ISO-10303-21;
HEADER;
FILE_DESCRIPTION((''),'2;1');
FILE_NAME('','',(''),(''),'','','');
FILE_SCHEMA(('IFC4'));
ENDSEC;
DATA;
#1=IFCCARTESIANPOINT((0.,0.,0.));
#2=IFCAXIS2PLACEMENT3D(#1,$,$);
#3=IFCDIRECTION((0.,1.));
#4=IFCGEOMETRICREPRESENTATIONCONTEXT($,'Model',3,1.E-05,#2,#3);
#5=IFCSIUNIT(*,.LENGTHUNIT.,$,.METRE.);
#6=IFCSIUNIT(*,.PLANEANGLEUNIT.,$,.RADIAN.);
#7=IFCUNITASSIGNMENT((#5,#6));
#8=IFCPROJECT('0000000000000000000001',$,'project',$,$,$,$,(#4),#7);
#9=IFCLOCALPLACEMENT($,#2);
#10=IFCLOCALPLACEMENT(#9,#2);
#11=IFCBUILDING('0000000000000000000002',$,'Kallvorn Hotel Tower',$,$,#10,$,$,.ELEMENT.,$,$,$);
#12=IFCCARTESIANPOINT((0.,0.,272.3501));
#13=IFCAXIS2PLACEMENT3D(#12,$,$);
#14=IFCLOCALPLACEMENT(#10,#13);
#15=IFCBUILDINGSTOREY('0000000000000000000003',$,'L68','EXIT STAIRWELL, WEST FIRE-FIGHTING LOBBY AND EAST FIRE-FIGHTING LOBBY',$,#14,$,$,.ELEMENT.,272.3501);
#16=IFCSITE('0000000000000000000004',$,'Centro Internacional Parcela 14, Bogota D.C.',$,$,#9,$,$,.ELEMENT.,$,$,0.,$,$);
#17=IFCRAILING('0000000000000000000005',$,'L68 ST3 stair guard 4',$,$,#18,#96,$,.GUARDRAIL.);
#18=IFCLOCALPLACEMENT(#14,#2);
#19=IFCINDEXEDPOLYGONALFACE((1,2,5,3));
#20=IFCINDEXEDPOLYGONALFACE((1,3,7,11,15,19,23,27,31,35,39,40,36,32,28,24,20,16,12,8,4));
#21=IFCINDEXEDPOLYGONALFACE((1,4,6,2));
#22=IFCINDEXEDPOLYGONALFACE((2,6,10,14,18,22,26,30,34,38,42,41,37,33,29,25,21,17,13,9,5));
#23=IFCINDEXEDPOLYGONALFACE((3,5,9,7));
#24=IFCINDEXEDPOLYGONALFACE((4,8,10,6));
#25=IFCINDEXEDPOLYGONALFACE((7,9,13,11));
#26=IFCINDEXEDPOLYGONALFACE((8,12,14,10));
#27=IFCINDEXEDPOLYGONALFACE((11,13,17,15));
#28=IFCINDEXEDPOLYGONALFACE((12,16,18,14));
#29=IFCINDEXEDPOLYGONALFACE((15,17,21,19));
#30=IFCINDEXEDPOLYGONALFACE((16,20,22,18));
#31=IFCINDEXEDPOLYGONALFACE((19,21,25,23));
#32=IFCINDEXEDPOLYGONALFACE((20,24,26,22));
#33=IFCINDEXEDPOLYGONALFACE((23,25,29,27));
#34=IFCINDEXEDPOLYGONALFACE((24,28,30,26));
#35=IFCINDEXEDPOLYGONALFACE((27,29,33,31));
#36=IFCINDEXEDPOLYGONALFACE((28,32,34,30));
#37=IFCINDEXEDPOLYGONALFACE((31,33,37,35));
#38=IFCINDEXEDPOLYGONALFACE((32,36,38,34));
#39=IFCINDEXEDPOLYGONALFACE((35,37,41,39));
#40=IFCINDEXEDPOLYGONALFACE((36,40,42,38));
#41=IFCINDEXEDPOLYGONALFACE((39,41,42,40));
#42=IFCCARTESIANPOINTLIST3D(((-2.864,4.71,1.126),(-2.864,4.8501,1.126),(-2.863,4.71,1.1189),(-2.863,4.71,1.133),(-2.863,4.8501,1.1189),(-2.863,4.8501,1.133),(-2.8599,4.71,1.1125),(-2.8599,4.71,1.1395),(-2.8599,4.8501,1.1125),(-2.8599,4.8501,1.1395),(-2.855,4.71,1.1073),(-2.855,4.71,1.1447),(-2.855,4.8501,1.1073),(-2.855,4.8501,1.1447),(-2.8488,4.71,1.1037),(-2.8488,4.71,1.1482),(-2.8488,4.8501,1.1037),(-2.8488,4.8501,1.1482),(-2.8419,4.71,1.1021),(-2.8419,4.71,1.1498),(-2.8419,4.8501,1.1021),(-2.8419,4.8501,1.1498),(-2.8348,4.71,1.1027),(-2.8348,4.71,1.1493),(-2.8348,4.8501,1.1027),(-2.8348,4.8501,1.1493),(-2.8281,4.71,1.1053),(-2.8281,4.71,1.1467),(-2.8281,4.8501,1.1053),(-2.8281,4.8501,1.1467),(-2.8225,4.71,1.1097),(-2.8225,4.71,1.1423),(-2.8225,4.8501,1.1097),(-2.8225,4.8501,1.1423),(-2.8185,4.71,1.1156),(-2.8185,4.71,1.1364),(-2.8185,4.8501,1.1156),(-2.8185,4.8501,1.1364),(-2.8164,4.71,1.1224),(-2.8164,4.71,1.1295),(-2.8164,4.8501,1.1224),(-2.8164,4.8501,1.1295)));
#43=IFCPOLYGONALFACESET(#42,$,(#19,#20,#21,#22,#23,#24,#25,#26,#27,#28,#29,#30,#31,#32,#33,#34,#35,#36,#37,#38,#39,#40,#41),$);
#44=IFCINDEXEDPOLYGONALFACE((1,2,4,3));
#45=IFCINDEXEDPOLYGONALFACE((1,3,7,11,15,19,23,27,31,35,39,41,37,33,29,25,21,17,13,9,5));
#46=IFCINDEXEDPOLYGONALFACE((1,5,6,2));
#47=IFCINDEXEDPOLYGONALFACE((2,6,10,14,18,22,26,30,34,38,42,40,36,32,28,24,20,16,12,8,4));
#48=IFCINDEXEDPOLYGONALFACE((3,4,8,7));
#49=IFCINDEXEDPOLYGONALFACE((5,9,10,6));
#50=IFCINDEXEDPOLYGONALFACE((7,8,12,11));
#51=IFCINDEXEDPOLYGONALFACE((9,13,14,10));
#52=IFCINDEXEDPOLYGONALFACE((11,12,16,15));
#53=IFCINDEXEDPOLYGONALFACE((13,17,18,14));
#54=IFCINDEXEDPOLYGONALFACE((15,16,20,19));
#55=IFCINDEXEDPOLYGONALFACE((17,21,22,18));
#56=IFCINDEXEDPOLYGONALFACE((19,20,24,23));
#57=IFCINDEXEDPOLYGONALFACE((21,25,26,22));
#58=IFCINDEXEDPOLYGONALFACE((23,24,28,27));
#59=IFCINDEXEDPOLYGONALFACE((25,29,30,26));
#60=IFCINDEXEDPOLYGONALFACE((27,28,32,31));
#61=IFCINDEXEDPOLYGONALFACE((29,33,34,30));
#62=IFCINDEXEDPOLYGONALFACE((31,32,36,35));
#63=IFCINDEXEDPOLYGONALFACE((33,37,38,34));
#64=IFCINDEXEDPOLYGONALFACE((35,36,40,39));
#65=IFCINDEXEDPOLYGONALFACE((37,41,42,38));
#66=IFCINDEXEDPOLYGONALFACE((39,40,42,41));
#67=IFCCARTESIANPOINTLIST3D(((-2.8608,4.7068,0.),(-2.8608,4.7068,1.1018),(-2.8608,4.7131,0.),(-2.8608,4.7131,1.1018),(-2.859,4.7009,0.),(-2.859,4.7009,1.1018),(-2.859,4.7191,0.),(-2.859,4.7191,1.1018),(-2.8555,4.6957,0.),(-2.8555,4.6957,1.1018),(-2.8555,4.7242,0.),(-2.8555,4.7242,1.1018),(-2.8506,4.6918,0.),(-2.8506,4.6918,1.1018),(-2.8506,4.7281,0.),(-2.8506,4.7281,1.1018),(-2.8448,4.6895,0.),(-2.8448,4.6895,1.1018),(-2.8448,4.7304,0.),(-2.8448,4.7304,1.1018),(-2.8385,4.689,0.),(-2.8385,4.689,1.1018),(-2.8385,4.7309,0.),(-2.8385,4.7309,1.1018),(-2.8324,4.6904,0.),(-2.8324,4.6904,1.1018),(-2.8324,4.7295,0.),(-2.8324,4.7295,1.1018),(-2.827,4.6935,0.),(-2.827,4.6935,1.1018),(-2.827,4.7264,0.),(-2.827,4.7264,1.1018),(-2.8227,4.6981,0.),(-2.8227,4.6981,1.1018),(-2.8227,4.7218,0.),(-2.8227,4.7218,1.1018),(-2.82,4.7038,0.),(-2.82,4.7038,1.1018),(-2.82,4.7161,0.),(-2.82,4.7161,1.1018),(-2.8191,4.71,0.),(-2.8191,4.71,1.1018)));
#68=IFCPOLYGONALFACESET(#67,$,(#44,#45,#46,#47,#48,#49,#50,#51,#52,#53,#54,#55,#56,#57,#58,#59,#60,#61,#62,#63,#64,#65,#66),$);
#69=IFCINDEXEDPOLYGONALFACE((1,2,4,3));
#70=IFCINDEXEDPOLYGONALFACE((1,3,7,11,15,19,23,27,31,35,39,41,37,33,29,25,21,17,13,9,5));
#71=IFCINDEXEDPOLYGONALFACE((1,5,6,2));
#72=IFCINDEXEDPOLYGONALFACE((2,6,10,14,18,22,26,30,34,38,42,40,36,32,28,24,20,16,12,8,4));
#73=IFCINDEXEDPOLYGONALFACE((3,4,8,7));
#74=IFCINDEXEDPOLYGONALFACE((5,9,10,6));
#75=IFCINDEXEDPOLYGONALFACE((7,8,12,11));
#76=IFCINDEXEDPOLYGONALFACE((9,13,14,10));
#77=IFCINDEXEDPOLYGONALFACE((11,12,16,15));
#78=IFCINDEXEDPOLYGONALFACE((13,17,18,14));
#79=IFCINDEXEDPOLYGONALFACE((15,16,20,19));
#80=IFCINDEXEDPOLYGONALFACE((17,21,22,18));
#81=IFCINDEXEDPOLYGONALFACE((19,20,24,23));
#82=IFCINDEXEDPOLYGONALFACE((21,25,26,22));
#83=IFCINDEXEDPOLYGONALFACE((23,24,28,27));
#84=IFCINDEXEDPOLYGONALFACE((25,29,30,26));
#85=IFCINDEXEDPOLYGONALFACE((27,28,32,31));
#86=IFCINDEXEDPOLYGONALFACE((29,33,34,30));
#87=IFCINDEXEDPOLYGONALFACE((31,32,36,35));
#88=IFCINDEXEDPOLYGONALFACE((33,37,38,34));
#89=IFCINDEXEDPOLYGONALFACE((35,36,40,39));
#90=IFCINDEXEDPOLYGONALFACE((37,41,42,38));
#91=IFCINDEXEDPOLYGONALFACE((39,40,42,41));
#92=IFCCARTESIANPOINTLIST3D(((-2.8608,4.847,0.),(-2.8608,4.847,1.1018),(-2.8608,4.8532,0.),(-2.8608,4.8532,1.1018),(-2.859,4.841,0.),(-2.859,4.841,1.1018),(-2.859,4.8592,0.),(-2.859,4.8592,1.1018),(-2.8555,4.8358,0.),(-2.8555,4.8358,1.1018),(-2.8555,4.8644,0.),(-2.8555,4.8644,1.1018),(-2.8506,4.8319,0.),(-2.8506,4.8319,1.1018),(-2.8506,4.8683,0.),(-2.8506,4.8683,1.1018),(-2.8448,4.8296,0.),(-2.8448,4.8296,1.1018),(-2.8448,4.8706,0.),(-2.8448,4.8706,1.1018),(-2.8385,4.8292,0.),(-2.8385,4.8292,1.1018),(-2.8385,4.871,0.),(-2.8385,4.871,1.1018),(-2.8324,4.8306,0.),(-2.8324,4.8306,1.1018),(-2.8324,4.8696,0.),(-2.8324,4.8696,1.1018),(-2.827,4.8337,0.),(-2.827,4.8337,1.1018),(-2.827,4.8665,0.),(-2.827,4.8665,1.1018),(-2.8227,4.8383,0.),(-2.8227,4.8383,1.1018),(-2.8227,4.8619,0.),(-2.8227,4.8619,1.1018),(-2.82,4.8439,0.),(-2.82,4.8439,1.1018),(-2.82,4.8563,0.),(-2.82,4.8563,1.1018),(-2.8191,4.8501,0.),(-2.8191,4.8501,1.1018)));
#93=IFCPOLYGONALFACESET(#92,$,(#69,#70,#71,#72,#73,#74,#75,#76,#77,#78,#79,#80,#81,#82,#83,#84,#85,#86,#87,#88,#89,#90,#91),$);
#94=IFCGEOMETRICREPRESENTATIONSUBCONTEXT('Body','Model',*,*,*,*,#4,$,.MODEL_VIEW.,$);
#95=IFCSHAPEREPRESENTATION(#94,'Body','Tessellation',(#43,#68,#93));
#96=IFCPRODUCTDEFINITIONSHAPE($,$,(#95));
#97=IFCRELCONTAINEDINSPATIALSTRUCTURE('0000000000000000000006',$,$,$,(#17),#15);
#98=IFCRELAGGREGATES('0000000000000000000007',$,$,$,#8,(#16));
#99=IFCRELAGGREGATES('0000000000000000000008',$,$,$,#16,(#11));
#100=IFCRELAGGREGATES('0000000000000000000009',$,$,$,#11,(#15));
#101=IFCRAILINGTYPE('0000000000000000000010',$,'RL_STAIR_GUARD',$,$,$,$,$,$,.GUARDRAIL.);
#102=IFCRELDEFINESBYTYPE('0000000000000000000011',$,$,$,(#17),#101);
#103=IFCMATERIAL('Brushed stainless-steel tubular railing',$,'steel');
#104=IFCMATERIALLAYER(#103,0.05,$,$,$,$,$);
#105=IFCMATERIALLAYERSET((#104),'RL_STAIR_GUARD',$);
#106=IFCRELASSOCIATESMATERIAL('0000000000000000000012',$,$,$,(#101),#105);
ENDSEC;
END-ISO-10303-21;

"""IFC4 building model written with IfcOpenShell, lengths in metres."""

from ifc_helpers import new_model, si_unit, direction, frame, origin, origin_2d, place, context, subcontext, project, spatial, circle, extrude, material, layer, layer_set, type_object, element, save


model = new_model("IFC4")

# Units and contexts
model_context = context("Model", 3, precision=1e-05, world=origin(), true_north=direction((0.0, 1.0)))
body_context = subcontext(model_context, "Body", "Model", "MODEL_VIEW")
ifc_project = project(units=[si_unit("LENGTHUNIT", "METRE"), si_unit("PLANEANGLEUNIT", "RADIAN")], contexts=[model_context])

# Site, building, storey
site_placement = place(None, origin())
site = spatial("IfcSite", under=ifc_project, at=site_placement, Name="Centro Internacional Parcela 14, Bogota D.C.", CompositionType="ELEMENT", RefElevation=0.0)
building_placement = place(site_placement, origin())
building = spatial("IfcBuilding", under=site, at=building_placement, Name="Kallvorn Hotel Tower", CompositionType="ELEMENT")
storey_placement = place(building_placement, frame((0.0, 0.0, 272.3501)))
storey = spatial("IfcBuildingStorey", under=building, at=storey_placement, Name="L68", Description="EXIT STAIRWELL, WEST FIRE-FIGHTING LOBBY AND EAST FIRE-FIGHTING LOBBY", CompositionType="ELEMENT", Elevation=272.3501)

# Railing
ifc_material_1 = material(Name="Brushed stainless-steel tubular railing", Category="steel")
ifc_layer_1 = layer(ifc_material_1, 0.05)
ifc_layer_set_1 = layer_set([ifc_layer_1], Name="RL_STAIR_GUARD")
railing_type_1 = type_object("IfcRailingType", Name="RL_STAIR_GUARD", PredefinedType="GUARDRAIL", material=ifc_layer_set_1)
railing_1_placement = place(storey_placement, frame((-2.8401, 4.71, 0.0)))
element("IfcRailing", 1, at=railing_1_placement, inside=storey, type_object=railing_type_1, Name="L68 ST3 stair guard 4", PredefinedType="GUARDRAIL", context=body_context, shape_type="SweptSolid", body=[
    extrude(circle(Radius=0.0239, at=origin_2d()), frame((0.0, 0.0, 1.126), z_axis=(0.0, 1.0, 0.0), x_axis=(-1.0, 0.0, 0.0)), (0.0, 0.0, 1.0), 0.1401),
    extrude(circle(Radius=0.021, at=origin_2d()), origin(), (0.0, 0.0, 1.0), 1.1018),
    extrude(circle(Radius=0.021, at=origin_2d()), frame((0.0, 0.1401, 0.0)), (0.0, 0.0, 1.0), 1.1018),
])

save(model, "model.ifc")
